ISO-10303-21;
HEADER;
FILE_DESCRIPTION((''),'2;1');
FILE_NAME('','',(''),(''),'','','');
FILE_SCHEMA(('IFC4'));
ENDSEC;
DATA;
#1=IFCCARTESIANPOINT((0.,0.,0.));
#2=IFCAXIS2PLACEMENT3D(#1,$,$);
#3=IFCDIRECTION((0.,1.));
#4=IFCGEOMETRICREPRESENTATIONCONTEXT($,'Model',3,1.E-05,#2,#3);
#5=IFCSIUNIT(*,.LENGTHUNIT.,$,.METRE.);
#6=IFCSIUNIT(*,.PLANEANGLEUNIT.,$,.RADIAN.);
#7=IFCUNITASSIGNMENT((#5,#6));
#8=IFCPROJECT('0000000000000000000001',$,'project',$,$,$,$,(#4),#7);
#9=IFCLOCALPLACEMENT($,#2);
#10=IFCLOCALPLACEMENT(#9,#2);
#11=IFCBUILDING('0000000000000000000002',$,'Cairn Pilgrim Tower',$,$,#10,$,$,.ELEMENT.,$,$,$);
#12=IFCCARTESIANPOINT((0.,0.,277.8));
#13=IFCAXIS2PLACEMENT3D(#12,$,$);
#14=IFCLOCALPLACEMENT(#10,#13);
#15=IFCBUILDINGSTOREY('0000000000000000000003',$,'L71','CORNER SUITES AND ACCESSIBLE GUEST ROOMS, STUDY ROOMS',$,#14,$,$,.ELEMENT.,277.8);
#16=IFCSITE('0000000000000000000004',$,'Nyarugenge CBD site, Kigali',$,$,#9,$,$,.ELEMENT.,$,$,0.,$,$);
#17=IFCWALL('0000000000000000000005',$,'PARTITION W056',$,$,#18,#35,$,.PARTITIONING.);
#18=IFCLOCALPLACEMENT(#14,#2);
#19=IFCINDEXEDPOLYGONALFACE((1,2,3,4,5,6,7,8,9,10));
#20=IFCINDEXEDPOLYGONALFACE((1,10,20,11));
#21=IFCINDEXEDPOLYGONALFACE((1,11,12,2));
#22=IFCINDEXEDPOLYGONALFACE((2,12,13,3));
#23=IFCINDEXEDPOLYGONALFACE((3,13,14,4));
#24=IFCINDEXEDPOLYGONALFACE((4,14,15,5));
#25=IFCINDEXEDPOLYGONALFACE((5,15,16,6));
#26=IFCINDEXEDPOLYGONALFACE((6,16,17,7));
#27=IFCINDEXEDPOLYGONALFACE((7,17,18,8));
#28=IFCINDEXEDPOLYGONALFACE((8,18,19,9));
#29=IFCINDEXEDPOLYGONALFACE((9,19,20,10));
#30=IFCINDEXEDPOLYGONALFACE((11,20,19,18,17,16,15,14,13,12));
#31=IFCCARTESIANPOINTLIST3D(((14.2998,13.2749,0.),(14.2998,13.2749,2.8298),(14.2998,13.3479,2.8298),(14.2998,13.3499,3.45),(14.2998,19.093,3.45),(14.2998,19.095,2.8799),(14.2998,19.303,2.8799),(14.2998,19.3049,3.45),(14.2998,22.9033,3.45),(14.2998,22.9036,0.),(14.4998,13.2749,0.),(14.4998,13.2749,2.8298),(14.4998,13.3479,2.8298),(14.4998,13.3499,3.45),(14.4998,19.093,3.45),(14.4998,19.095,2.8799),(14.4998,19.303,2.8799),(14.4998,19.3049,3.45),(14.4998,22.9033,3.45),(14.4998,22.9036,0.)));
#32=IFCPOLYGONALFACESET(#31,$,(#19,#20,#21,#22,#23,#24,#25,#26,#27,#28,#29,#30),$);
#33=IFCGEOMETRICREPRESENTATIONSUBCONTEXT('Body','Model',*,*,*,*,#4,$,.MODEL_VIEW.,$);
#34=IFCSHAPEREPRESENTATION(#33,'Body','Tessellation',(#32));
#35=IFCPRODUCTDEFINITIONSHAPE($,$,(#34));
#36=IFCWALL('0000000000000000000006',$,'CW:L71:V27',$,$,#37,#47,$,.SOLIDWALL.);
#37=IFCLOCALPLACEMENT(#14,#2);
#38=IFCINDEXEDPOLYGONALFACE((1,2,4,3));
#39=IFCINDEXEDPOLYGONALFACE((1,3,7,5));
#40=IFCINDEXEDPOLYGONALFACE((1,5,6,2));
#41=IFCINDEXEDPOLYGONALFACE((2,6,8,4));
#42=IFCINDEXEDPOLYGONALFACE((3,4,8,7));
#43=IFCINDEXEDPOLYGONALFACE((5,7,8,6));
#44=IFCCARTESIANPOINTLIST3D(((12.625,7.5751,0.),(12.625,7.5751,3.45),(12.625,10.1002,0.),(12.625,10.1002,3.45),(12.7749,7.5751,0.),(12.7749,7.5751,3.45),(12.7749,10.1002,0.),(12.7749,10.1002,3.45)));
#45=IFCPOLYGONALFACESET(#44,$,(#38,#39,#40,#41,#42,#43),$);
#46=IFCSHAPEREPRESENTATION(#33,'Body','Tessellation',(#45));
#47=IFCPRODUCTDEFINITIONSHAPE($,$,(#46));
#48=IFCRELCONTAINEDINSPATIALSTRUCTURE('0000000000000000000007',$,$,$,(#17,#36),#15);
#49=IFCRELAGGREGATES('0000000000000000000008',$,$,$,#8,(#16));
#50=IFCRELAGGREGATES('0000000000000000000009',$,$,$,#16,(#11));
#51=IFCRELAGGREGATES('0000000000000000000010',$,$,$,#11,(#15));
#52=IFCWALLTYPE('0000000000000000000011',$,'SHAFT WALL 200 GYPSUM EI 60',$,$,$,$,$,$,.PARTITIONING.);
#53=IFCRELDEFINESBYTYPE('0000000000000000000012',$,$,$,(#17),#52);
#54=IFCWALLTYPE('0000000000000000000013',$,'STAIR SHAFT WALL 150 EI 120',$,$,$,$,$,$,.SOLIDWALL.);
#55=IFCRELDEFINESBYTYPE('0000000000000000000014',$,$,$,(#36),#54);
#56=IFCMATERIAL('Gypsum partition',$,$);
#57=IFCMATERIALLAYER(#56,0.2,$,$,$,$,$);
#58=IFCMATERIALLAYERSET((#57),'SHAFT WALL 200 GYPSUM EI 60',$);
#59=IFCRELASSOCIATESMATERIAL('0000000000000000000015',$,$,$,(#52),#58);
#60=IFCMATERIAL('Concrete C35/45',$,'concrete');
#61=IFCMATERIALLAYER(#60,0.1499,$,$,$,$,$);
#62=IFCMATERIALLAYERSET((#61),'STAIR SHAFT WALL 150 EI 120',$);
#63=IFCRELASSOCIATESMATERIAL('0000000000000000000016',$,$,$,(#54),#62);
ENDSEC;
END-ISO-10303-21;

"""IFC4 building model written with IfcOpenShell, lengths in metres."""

from ifc_helpers import new_model, si_unit, direction, frame, frame_2d, origin, place, context, subcontext, project, spatial, polyline, rectangle, outline, extrude, material, layer, layer_set, type_object, element, save


model = new_model("IFC4")

# Units and contexts
model_context = context("Model", 3, precision=1e-05, world=origin(), true_north=direction((0.0, 1.0)))
body_context = subcontext(model_context, "Body", "Model", "MODEL_VIEW")
ifc_project = project(units=[si_unit("LENGTHUNIT", "METRE"), si_unit("PLANEANGLEUNIT", "RADIAN")], contexts=[model_context])

# Site, building, storey
site_placement = place(None, origin())
site = spatial("IfcSite", under=ifc_project, at=site_placement, Name="Nyarugenge CBD site, Kigali", CompositionType="ELEMENT", RefElevation=0.0)
building_placement = place(site_placement, origin())
building = spatial("IfcBuilding", under=site, at=building_placement, Name="Cairn Pilgrim Tower", CompositionType="ELEMENT")
storey_placement = place(building_placement, frame((0.0, 0.0, 277.8)))
storey = spatial("IfcBuildingStorey", under=building, at=storey_placement, Name="L71", Description="CORNER SUITES AND ACCESSIBLE GUEST ROOMS, STUDY ROOMS", CompositionType="ELEMENT", Elevation=277.8)

# Shared definitions
ifc_material_1 = material(Name="Gypsum partition")

# Walls
ifc_layer_1 = layer(ifc_material_1, 0.2)
ifc_layer_set_1 = layer_set([ifc_layer_1], Name="SHAFT WALL 200 GYPSUM EI 60")
wall_type_1 = type_object("IfcWallType", Name="SHAFT WALL 200 GYPSUM EI 60", PredefinedType="PARTITIONING", material=ifc_layer_set_1)
wall_1_placement = place(storey_placement, frame((14.3999, 13.2749, 0.0), z_axis=(0.0, 0.0, 1.0), x_axis=(0.0, 1.0, 0.0)))
element("IfcWall", 1, at=wall_1_placement, inside=storey, type_object=wall_type_1, Name="PARTITION W056", PredefinedType="PARTITIONING", context=body_context, shape_type="SweptSolid", body=[
    extrude(outline(polyline([(0.0, 0.0), (9.6287, 0.0), (9.6284, 3.45), (6.03, 3.45), (6.0281, 2.8799), (5.8201, 2.8799), (5.8181, 3.45), (0.075, 3.45), (0.073, 2.8298), (0.0, 2.8298), (0.0, 0.0)])), frame((0.0, 0.1001, 0.0), z_axis=(0.0, -1.0, 0.0), x_axis=(1.0, 0.0, 0.0)), (0.0, 0.0, 1.0), 0.2),
])
ifc_material_2 = material(Name="Concrete C35/45", Category="concrete")
ifc_layer_2 = layer(ifc_material_2, 0.1499)
ifc_layer_set_2 = layer_set([ifc_layer_2], Name="STAIR SHAFT WALL 150 EI 120")
wall_type_2 = type_object("IfcWallType", Name="STAIR SHAFT WALL 150 EI 120", PredefinedType="SOLIDWALL", material=ifc_layer_set_2)
wall_2_placement = place(storey_placement, frame((12.7, 7.575, 0.0), z_axis=(0.0, 0.0, 1.0), x_axis=(0.0, 1.0, 0.0)))
element("IfcWall", 2, at=wall_2_placement, inside=storey, type_object=wall_type_2, Name="CW:L71:V27", PredefinedType="SOLIDWALL", context=body_context, shape_type="SweptSolid", body=[
    extrude(rectangle(XDim=2.5251, YDim=0.1499, at=frame_2d((1.2627, 0.0))), origin(), (0.0, 0.0, 1.0), 3.45),
])

save(model, "model.ifc")
